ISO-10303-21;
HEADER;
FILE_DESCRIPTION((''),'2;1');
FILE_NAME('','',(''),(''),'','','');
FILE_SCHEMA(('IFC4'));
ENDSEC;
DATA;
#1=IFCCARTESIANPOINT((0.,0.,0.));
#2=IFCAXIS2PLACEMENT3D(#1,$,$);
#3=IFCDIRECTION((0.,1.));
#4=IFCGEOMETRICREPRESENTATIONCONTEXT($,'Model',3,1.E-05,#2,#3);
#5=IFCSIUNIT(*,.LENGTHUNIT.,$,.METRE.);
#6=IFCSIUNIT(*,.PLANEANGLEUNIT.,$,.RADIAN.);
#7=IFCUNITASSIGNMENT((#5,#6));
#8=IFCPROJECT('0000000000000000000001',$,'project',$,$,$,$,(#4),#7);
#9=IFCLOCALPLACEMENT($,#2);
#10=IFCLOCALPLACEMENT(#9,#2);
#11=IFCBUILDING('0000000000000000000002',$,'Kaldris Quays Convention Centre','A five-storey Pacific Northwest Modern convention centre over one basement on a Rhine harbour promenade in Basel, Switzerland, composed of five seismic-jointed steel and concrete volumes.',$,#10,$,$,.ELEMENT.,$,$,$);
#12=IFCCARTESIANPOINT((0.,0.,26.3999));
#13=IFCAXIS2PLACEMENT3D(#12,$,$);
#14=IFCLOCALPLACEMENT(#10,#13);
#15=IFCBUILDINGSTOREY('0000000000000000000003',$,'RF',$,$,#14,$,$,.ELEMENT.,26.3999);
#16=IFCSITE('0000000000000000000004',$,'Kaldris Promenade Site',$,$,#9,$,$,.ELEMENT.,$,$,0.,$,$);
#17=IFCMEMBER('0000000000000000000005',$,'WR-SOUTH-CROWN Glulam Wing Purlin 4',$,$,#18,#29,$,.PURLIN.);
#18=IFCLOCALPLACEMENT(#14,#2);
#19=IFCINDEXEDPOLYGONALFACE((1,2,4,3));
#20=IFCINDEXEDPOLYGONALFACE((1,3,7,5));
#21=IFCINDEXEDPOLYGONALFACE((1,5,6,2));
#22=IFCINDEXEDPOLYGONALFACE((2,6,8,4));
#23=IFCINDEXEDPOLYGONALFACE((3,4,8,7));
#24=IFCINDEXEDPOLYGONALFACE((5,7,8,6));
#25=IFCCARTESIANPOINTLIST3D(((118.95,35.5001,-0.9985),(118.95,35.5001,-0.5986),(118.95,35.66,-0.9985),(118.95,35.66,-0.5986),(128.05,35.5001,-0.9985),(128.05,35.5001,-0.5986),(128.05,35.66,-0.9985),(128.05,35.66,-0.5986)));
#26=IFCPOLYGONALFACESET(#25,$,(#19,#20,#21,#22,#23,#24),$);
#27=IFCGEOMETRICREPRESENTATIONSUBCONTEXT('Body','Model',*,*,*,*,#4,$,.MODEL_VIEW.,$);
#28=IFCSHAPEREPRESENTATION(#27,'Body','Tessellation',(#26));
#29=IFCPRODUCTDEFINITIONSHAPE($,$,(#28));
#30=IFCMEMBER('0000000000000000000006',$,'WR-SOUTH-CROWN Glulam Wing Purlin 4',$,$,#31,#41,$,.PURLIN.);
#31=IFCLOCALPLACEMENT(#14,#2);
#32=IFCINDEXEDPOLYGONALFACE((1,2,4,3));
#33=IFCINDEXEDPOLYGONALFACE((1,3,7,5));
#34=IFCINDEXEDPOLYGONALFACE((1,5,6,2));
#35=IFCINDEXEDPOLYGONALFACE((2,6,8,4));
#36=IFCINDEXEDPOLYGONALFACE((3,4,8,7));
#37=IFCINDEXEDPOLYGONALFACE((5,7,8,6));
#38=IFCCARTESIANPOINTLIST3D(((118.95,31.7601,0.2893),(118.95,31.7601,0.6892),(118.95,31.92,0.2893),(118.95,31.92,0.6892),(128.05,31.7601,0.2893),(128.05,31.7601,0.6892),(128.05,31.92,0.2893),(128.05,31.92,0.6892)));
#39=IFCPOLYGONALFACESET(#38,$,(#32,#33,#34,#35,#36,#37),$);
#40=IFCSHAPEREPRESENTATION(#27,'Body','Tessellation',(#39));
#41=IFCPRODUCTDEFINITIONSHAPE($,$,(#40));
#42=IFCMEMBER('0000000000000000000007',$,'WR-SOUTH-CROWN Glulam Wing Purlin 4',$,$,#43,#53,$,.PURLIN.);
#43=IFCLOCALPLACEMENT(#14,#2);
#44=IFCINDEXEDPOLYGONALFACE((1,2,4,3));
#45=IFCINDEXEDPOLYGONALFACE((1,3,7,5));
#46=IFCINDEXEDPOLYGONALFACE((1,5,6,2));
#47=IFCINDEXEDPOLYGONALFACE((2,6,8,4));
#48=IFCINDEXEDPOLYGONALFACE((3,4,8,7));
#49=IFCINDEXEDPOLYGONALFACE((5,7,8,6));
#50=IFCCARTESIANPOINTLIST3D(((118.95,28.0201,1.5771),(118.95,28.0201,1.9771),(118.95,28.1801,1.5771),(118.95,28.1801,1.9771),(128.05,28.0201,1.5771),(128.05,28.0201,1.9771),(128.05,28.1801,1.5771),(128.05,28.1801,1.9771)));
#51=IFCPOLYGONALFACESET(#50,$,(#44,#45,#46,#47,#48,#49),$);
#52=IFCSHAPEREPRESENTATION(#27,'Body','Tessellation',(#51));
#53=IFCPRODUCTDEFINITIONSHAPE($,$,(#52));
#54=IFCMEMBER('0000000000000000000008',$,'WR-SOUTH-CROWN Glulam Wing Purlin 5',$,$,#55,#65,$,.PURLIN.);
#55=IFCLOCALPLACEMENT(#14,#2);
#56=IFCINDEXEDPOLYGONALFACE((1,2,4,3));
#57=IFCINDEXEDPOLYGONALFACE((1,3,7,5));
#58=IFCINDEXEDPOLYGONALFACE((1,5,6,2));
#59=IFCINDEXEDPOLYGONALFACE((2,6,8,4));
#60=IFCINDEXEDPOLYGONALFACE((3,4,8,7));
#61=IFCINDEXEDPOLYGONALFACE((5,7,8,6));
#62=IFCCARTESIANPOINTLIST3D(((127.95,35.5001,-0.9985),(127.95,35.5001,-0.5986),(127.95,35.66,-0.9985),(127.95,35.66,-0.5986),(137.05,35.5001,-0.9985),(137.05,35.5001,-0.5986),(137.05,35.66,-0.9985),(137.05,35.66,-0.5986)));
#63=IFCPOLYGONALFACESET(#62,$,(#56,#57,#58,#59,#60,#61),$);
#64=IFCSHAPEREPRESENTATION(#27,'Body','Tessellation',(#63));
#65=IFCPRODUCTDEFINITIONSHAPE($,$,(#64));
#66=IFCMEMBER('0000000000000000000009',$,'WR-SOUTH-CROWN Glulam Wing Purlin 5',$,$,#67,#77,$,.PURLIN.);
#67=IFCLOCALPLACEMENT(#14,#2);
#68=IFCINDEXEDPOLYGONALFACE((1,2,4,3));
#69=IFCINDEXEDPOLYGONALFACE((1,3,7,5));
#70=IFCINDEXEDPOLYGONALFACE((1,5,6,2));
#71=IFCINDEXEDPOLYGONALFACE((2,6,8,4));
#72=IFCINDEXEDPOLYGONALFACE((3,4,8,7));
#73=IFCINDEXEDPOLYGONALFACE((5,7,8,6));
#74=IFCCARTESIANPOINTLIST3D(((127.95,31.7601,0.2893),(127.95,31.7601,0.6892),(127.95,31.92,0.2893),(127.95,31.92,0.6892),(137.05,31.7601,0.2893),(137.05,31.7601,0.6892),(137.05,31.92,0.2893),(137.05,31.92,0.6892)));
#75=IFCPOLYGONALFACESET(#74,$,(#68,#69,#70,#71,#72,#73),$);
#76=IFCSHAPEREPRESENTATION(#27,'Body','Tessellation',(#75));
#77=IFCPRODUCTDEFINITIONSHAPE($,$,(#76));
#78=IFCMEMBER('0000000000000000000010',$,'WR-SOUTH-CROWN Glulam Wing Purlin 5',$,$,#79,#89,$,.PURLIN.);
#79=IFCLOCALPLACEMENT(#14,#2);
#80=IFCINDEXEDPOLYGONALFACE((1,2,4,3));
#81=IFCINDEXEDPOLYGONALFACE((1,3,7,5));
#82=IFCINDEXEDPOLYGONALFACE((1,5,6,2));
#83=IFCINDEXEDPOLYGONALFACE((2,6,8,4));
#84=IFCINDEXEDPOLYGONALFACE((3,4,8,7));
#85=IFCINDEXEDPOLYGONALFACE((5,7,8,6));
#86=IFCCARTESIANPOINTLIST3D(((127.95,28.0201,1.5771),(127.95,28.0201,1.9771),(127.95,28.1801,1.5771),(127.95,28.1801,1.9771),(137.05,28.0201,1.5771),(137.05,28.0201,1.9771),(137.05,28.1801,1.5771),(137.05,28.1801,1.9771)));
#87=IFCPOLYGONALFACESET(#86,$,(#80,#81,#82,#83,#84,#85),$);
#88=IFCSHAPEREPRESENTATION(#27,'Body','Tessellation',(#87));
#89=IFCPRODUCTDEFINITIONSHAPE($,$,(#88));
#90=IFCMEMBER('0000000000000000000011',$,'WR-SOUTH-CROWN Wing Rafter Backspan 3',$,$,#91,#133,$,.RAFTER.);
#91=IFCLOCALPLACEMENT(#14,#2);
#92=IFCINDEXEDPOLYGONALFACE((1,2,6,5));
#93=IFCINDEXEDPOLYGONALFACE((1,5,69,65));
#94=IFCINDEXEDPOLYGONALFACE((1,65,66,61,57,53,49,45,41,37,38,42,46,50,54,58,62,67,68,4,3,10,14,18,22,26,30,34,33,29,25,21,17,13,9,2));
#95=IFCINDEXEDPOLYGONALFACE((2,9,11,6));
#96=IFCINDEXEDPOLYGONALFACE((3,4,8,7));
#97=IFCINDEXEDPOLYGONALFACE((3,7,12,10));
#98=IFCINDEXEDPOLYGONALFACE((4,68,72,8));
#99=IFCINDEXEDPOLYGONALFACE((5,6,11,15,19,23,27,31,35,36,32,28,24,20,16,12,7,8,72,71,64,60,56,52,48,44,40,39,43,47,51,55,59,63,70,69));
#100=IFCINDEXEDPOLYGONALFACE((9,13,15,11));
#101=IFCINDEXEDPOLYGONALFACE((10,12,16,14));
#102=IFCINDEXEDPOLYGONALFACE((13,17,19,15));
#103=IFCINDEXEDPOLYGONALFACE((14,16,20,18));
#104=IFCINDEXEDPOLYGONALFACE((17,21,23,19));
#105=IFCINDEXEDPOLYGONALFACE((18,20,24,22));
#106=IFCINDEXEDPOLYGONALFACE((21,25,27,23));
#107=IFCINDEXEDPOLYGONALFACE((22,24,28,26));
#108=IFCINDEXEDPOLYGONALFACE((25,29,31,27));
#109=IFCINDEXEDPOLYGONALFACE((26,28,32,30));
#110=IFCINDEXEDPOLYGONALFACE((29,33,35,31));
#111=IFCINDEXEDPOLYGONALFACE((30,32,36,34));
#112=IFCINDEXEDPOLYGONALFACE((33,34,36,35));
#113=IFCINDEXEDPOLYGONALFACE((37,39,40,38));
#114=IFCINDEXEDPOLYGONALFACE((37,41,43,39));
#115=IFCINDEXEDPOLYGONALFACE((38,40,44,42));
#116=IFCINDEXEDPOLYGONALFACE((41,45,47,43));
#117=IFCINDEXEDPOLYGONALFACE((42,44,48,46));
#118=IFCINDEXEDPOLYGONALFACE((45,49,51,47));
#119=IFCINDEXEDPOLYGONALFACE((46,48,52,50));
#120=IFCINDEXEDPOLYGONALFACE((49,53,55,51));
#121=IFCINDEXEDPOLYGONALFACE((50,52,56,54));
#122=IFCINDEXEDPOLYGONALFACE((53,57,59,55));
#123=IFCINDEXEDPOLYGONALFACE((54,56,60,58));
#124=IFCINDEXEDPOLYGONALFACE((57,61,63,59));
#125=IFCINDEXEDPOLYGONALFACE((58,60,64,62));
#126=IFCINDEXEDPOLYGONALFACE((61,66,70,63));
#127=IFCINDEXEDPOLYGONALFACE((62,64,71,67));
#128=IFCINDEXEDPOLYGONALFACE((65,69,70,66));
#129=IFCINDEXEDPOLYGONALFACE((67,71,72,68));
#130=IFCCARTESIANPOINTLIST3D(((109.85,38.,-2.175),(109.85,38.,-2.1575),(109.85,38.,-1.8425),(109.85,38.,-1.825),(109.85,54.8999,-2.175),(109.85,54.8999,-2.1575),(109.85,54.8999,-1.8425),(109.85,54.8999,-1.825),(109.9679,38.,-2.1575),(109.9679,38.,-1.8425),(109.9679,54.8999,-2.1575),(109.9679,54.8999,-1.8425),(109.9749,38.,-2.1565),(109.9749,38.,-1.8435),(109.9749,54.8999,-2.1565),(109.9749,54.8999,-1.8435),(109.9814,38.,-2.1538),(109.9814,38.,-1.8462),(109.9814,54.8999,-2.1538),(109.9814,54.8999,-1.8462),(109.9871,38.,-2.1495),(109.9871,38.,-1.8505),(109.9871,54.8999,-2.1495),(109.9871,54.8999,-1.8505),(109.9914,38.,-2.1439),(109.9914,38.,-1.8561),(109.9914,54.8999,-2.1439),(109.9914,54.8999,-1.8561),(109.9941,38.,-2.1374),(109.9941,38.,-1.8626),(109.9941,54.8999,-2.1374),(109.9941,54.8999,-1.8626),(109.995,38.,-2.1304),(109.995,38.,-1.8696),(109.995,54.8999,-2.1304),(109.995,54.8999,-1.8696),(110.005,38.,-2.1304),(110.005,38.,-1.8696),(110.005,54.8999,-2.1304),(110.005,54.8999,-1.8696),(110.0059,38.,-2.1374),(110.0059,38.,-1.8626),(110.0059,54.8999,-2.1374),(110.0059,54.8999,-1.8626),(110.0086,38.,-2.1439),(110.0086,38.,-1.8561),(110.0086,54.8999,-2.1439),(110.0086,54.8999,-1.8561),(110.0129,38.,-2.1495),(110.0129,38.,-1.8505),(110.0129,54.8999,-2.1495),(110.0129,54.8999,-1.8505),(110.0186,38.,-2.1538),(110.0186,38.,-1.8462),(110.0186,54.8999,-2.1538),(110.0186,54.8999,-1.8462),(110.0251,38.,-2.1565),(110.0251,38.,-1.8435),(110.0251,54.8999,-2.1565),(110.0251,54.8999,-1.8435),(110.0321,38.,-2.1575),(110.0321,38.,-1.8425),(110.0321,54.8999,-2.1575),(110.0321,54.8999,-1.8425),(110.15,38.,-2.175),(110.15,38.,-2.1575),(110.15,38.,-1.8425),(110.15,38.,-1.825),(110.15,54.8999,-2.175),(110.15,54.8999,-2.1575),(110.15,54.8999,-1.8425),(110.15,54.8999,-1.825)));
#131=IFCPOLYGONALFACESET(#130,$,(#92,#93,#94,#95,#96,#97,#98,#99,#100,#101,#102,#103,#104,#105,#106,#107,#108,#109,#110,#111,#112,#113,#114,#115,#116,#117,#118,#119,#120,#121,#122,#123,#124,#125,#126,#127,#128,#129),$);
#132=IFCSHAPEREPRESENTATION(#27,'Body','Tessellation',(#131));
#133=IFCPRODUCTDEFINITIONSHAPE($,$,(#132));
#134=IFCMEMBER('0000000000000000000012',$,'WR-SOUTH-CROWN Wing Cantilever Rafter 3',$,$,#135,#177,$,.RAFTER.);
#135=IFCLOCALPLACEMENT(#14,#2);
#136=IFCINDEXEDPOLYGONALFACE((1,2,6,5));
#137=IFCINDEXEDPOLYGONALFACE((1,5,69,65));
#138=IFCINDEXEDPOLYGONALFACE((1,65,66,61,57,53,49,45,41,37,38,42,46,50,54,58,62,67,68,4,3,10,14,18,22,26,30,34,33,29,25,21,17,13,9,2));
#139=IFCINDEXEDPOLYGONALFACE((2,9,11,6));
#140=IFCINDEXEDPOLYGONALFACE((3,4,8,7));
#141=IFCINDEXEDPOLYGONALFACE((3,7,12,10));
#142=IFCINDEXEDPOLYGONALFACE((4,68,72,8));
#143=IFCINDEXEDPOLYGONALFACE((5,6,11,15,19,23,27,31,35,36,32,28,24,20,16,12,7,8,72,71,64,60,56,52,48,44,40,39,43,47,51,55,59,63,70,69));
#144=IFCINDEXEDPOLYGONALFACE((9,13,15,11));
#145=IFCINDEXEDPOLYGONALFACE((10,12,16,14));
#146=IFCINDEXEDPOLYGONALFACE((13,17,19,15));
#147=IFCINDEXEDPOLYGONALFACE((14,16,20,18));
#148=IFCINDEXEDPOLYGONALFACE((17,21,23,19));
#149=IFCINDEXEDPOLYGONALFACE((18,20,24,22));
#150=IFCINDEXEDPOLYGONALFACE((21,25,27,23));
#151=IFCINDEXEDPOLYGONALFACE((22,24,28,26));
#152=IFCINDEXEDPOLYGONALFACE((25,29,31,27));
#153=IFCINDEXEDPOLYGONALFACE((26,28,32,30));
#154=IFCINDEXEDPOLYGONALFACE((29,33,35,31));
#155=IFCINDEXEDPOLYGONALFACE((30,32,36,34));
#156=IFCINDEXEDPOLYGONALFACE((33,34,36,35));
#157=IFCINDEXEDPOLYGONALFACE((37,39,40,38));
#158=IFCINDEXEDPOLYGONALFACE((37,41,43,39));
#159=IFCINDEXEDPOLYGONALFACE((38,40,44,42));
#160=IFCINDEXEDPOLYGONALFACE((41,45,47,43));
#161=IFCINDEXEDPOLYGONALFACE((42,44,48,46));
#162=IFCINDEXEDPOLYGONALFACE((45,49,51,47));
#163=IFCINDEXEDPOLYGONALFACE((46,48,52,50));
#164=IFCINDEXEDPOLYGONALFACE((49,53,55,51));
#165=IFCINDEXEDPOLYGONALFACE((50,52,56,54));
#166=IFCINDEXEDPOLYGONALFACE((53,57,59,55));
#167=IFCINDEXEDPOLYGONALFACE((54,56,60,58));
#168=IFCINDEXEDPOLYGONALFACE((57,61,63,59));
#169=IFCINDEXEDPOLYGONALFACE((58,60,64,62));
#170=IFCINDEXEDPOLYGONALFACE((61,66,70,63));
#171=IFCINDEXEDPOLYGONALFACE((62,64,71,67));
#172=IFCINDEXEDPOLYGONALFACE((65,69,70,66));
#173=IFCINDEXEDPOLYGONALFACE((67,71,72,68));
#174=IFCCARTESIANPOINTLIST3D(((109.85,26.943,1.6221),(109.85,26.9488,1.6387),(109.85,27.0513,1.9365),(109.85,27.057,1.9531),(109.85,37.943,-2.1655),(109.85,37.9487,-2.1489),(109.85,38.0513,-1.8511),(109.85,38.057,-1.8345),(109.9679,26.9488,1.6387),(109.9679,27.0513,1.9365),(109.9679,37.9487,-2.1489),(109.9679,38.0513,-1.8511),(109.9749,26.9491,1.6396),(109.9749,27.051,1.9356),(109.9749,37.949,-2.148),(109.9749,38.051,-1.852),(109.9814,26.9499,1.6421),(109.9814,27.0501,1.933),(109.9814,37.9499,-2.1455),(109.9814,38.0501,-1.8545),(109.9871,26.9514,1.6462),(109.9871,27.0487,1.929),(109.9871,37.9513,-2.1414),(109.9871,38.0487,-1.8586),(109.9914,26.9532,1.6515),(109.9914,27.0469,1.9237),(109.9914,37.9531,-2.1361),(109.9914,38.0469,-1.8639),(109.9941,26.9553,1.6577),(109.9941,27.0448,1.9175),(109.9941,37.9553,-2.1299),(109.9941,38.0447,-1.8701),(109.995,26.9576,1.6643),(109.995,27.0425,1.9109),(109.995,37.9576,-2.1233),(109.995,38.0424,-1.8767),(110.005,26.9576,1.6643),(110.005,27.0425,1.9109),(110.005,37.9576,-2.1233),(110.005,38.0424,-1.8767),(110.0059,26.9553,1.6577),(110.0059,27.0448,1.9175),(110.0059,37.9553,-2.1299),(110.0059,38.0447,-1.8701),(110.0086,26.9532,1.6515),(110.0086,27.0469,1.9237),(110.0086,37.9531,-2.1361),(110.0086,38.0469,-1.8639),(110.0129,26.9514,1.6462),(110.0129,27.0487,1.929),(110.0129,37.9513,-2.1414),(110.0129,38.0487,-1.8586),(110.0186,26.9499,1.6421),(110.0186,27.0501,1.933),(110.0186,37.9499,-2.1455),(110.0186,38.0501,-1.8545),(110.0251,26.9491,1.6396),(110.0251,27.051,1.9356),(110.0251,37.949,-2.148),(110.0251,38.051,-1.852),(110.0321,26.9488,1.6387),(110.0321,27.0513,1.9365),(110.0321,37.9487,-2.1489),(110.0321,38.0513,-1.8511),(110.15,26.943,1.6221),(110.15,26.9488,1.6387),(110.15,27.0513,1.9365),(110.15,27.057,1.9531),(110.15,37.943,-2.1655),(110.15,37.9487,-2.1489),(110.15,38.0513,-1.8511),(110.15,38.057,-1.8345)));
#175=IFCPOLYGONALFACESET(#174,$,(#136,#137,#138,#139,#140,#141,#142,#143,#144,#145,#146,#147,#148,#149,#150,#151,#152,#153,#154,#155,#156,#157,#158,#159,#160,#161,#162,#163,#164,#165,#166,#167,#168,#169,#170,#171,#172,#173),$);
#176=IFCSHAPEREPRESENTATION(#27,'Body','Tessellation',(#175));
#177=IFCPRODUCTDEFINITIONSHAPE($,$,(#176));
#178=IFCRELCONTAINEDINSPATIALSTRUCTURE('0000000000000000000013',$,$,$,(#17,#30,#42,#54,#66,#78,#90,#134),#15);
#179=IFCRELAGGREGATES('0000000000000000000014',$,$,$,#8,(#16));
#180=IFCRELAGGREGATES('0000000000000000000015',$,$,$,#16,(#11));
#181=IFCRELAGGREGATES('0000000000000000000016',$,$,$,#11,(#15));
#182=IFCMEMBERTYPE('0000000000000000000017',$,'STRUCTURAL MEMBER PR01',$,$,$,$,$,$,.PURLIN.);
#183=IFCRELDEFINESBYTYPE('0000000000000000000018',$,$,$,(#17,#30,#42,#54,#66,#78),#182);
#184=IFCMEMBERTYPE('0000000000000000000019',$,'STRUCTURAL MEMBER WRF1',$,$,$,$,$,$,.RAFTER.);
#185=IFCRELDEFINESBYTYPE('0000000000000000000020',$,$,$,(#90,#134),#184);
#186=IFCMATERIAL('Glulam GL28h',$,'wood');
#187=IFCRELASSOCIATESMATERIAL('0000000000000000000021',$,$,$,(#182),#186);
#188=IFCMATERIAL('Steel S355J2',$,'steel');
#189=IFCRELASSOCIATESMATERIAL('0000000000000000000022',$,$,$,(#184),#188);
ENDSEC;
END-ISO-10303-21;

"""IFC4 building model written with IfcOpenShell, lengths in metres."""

from ifc_helpers import new_model, si_unit, direction, frame, origin, origin_2d, place, context, subcontext, project, spatial, rectangle, i_section, extrude, material, material_profile, profile_set, type_object, element, save


model = new_model("IFC4")

# Units and contexts
model_context = context("Model", 3, precision=1e-05, world=origin(), true_north=direction((0.0, 1.0)))
body_context = subcontext(model_context, "Body", "Model", "MODEL_VIEW")
ifc_project = project(units=[si_unit("LENGTHUNIT", "METRE"), si_unit("PLANEANGLEUNIT", "RADIAN")], contexts=[model_context])

# Site, building, storey
site_placement = place(None, origin())
site = spatial("IfcSite", under=ifc_project, at=site_placement, Name="Kaldris Promenade Site", CompositionType="ELEMENT", RefElevation=0.0)
building_placement = place(site_placement, origin())
building = spatial("IfcBuilding", under=site, at=building_placement, Name="Kaldris Quays Convention Centre", Description="A five-storey Pacific Northwest Modern convention centre over one basement on a Rhine harbour promenade in Basel, Switzerland, composed of five seismic-jointed steel and concrete volumes.", CompositionType="ELEMENT")
storey_placement = place(building_placement, frame((0.0, 0.0, 26.3999)))
storey = spatial("IfcBuildingStorey", under=building, at=storey_placement, Name="RF", CompositionType="ELEMENT", Elevation=26.3999)

# Members
ifc_material_1 = material(Name="Glulam GL28h", Category="wood")
ifc_material_profile_1 = material_profile(ifc_material_1, rectangle(XDim=0.1599, YDim=0.3999, at=origin_2d()), Name="GL 160x400")
ifc_profile_set_1 = profile_set([ifc_material_profile_1], Name="Glulam GL28h")
member_type_1 = type_object("IfcMemberType", Name="STRUCTURAL MEMBER PR01", PredefinedType="PURLIN", material=ifc_profile_set_1)
for number, where, z_axis, x_axis, name in (
    (1, (118.95, 35.5801, -0.7986), (1.0, 0.0, 0.0), (0.0, 1.0, 0.0), "WR-SOUTH-CROWN Glulam Wing Purlin 4"),
    (2, (118.95, 31.8401, 0.4893), (1.0, 0.0, 0.0), (0.0, 1.0, 0.0), "WR-SOUTH-CROWN Glulam Wing Purlin 4"),
    (3, (118.95, 28.1001, 1.7771), (1.0, 0.0, 0.0), (0.0, 1.0, 0.0), "WR-SOUTH-CROWN Glulam Wing Purlin 4"),
    (4, (127.95, 35.5801, -0.7986), (1.0, 0.0, 0.0), (0.0, 1.0, 0.0), "WR-SOUTH-CROWN Glulam Wing Purlin 5"),
    (5, (127.95, 31.8401, 0.4893), (1.0, 0.0, 0.0), (0.0, 1.0, 0.0), "WR-SOUTH-CROWN Glulam Wing Purlin 5"),
    (6, (127.95, 28.1001, 1.7771), (1.0, 0.0, 0.0), (0.0, 1.0, 0.0), "WR-SOUTH-CROWN Glulam Wing Purlin 5"),
):
    element("IfcMember", number, at=place(storey_placement, frame(where, z_axis=z_axis, x_axis=x_axis)), inside=storey, type_object=member_type_1, Name=name, PredefinedType="PURLIN", context=body_context, shape_type="SweptSolid", body=[
        extrude(rectangle(XDim=0.1599, YDim=0.3999, at=origin_2d()), origin(), (0.0, 0.0, 1.0), 9.1001),
    ])
ifc_material_2 = material(Name="Steel S355J2", Category="steel")
ifc_material_profile_2 = material_profile(ifc_material_2, i_section(OverallWidth=0.3, OverallDepth=0.3501, WebThickness=0.01, FlangeThickness=0.0176, FilletRadius=0.0271, at=origin_2d()), Name="HEA 360")
ifc_profile_set_2 = profile_set([ifc_material_profile_2], Name="Steel S355J2")
member_type_2 = type_object("IfcMemberType", Name="STRUCTURAL MEMBER WRF1", PredefinedType="RAFTER", material=ifc_profile_set_2)
member_1_placement = place(storey_placement, frame((110.0, 54.8999, -2.0), z_axis=(0.0, -1.0, 0.0), x_axis=(1.0, 0.0, 0.0)))
element("IfcMember", 7, at=member_1_placement, inside=storey, type_object=member_type_2, Name="WR-SOUTH-CROWN Wing Rafter Backspan 3", PredefinedType="RAFTER", context=body_context, shape_type="SweptSolid", body=[
    extrude(i_section(OverallWidth=0.3, OverallDepth=0.3501, WebThickness=0.01, FlangeThickness=0.0176, FilletRadius=0.0271, at=origin_2d()), origin(), (0.0, 0.0, 1.0), 16.8999),
])
member_2_placement = place(storey_placement, frame((110.0, 38.0, -2.0), z_axis=(0.0, -0.945519, 0.325568), x_axis=(1.0, 0.0, 0.0)))
element("IfcMember", 8, at=member_2_placement, inside=storey, type_object=member_type_2, Name="WR-SOUTH-CROWN Wing Cantilever Rafter 3", PredefinedType="RAFTER", context=body_context, shape_type="SweptSolid", body=[
    extrude(i_section(OverallWidth=0.3, OverallDepth=0.3501, WebThickness=0.01, FlangeThickness=0.0176, FilletRadius=0.0271, at=origin_2d()), origin(), (0.0, 0.0, 1.0), 11.6338),
])

save(model, "model.ifc")
